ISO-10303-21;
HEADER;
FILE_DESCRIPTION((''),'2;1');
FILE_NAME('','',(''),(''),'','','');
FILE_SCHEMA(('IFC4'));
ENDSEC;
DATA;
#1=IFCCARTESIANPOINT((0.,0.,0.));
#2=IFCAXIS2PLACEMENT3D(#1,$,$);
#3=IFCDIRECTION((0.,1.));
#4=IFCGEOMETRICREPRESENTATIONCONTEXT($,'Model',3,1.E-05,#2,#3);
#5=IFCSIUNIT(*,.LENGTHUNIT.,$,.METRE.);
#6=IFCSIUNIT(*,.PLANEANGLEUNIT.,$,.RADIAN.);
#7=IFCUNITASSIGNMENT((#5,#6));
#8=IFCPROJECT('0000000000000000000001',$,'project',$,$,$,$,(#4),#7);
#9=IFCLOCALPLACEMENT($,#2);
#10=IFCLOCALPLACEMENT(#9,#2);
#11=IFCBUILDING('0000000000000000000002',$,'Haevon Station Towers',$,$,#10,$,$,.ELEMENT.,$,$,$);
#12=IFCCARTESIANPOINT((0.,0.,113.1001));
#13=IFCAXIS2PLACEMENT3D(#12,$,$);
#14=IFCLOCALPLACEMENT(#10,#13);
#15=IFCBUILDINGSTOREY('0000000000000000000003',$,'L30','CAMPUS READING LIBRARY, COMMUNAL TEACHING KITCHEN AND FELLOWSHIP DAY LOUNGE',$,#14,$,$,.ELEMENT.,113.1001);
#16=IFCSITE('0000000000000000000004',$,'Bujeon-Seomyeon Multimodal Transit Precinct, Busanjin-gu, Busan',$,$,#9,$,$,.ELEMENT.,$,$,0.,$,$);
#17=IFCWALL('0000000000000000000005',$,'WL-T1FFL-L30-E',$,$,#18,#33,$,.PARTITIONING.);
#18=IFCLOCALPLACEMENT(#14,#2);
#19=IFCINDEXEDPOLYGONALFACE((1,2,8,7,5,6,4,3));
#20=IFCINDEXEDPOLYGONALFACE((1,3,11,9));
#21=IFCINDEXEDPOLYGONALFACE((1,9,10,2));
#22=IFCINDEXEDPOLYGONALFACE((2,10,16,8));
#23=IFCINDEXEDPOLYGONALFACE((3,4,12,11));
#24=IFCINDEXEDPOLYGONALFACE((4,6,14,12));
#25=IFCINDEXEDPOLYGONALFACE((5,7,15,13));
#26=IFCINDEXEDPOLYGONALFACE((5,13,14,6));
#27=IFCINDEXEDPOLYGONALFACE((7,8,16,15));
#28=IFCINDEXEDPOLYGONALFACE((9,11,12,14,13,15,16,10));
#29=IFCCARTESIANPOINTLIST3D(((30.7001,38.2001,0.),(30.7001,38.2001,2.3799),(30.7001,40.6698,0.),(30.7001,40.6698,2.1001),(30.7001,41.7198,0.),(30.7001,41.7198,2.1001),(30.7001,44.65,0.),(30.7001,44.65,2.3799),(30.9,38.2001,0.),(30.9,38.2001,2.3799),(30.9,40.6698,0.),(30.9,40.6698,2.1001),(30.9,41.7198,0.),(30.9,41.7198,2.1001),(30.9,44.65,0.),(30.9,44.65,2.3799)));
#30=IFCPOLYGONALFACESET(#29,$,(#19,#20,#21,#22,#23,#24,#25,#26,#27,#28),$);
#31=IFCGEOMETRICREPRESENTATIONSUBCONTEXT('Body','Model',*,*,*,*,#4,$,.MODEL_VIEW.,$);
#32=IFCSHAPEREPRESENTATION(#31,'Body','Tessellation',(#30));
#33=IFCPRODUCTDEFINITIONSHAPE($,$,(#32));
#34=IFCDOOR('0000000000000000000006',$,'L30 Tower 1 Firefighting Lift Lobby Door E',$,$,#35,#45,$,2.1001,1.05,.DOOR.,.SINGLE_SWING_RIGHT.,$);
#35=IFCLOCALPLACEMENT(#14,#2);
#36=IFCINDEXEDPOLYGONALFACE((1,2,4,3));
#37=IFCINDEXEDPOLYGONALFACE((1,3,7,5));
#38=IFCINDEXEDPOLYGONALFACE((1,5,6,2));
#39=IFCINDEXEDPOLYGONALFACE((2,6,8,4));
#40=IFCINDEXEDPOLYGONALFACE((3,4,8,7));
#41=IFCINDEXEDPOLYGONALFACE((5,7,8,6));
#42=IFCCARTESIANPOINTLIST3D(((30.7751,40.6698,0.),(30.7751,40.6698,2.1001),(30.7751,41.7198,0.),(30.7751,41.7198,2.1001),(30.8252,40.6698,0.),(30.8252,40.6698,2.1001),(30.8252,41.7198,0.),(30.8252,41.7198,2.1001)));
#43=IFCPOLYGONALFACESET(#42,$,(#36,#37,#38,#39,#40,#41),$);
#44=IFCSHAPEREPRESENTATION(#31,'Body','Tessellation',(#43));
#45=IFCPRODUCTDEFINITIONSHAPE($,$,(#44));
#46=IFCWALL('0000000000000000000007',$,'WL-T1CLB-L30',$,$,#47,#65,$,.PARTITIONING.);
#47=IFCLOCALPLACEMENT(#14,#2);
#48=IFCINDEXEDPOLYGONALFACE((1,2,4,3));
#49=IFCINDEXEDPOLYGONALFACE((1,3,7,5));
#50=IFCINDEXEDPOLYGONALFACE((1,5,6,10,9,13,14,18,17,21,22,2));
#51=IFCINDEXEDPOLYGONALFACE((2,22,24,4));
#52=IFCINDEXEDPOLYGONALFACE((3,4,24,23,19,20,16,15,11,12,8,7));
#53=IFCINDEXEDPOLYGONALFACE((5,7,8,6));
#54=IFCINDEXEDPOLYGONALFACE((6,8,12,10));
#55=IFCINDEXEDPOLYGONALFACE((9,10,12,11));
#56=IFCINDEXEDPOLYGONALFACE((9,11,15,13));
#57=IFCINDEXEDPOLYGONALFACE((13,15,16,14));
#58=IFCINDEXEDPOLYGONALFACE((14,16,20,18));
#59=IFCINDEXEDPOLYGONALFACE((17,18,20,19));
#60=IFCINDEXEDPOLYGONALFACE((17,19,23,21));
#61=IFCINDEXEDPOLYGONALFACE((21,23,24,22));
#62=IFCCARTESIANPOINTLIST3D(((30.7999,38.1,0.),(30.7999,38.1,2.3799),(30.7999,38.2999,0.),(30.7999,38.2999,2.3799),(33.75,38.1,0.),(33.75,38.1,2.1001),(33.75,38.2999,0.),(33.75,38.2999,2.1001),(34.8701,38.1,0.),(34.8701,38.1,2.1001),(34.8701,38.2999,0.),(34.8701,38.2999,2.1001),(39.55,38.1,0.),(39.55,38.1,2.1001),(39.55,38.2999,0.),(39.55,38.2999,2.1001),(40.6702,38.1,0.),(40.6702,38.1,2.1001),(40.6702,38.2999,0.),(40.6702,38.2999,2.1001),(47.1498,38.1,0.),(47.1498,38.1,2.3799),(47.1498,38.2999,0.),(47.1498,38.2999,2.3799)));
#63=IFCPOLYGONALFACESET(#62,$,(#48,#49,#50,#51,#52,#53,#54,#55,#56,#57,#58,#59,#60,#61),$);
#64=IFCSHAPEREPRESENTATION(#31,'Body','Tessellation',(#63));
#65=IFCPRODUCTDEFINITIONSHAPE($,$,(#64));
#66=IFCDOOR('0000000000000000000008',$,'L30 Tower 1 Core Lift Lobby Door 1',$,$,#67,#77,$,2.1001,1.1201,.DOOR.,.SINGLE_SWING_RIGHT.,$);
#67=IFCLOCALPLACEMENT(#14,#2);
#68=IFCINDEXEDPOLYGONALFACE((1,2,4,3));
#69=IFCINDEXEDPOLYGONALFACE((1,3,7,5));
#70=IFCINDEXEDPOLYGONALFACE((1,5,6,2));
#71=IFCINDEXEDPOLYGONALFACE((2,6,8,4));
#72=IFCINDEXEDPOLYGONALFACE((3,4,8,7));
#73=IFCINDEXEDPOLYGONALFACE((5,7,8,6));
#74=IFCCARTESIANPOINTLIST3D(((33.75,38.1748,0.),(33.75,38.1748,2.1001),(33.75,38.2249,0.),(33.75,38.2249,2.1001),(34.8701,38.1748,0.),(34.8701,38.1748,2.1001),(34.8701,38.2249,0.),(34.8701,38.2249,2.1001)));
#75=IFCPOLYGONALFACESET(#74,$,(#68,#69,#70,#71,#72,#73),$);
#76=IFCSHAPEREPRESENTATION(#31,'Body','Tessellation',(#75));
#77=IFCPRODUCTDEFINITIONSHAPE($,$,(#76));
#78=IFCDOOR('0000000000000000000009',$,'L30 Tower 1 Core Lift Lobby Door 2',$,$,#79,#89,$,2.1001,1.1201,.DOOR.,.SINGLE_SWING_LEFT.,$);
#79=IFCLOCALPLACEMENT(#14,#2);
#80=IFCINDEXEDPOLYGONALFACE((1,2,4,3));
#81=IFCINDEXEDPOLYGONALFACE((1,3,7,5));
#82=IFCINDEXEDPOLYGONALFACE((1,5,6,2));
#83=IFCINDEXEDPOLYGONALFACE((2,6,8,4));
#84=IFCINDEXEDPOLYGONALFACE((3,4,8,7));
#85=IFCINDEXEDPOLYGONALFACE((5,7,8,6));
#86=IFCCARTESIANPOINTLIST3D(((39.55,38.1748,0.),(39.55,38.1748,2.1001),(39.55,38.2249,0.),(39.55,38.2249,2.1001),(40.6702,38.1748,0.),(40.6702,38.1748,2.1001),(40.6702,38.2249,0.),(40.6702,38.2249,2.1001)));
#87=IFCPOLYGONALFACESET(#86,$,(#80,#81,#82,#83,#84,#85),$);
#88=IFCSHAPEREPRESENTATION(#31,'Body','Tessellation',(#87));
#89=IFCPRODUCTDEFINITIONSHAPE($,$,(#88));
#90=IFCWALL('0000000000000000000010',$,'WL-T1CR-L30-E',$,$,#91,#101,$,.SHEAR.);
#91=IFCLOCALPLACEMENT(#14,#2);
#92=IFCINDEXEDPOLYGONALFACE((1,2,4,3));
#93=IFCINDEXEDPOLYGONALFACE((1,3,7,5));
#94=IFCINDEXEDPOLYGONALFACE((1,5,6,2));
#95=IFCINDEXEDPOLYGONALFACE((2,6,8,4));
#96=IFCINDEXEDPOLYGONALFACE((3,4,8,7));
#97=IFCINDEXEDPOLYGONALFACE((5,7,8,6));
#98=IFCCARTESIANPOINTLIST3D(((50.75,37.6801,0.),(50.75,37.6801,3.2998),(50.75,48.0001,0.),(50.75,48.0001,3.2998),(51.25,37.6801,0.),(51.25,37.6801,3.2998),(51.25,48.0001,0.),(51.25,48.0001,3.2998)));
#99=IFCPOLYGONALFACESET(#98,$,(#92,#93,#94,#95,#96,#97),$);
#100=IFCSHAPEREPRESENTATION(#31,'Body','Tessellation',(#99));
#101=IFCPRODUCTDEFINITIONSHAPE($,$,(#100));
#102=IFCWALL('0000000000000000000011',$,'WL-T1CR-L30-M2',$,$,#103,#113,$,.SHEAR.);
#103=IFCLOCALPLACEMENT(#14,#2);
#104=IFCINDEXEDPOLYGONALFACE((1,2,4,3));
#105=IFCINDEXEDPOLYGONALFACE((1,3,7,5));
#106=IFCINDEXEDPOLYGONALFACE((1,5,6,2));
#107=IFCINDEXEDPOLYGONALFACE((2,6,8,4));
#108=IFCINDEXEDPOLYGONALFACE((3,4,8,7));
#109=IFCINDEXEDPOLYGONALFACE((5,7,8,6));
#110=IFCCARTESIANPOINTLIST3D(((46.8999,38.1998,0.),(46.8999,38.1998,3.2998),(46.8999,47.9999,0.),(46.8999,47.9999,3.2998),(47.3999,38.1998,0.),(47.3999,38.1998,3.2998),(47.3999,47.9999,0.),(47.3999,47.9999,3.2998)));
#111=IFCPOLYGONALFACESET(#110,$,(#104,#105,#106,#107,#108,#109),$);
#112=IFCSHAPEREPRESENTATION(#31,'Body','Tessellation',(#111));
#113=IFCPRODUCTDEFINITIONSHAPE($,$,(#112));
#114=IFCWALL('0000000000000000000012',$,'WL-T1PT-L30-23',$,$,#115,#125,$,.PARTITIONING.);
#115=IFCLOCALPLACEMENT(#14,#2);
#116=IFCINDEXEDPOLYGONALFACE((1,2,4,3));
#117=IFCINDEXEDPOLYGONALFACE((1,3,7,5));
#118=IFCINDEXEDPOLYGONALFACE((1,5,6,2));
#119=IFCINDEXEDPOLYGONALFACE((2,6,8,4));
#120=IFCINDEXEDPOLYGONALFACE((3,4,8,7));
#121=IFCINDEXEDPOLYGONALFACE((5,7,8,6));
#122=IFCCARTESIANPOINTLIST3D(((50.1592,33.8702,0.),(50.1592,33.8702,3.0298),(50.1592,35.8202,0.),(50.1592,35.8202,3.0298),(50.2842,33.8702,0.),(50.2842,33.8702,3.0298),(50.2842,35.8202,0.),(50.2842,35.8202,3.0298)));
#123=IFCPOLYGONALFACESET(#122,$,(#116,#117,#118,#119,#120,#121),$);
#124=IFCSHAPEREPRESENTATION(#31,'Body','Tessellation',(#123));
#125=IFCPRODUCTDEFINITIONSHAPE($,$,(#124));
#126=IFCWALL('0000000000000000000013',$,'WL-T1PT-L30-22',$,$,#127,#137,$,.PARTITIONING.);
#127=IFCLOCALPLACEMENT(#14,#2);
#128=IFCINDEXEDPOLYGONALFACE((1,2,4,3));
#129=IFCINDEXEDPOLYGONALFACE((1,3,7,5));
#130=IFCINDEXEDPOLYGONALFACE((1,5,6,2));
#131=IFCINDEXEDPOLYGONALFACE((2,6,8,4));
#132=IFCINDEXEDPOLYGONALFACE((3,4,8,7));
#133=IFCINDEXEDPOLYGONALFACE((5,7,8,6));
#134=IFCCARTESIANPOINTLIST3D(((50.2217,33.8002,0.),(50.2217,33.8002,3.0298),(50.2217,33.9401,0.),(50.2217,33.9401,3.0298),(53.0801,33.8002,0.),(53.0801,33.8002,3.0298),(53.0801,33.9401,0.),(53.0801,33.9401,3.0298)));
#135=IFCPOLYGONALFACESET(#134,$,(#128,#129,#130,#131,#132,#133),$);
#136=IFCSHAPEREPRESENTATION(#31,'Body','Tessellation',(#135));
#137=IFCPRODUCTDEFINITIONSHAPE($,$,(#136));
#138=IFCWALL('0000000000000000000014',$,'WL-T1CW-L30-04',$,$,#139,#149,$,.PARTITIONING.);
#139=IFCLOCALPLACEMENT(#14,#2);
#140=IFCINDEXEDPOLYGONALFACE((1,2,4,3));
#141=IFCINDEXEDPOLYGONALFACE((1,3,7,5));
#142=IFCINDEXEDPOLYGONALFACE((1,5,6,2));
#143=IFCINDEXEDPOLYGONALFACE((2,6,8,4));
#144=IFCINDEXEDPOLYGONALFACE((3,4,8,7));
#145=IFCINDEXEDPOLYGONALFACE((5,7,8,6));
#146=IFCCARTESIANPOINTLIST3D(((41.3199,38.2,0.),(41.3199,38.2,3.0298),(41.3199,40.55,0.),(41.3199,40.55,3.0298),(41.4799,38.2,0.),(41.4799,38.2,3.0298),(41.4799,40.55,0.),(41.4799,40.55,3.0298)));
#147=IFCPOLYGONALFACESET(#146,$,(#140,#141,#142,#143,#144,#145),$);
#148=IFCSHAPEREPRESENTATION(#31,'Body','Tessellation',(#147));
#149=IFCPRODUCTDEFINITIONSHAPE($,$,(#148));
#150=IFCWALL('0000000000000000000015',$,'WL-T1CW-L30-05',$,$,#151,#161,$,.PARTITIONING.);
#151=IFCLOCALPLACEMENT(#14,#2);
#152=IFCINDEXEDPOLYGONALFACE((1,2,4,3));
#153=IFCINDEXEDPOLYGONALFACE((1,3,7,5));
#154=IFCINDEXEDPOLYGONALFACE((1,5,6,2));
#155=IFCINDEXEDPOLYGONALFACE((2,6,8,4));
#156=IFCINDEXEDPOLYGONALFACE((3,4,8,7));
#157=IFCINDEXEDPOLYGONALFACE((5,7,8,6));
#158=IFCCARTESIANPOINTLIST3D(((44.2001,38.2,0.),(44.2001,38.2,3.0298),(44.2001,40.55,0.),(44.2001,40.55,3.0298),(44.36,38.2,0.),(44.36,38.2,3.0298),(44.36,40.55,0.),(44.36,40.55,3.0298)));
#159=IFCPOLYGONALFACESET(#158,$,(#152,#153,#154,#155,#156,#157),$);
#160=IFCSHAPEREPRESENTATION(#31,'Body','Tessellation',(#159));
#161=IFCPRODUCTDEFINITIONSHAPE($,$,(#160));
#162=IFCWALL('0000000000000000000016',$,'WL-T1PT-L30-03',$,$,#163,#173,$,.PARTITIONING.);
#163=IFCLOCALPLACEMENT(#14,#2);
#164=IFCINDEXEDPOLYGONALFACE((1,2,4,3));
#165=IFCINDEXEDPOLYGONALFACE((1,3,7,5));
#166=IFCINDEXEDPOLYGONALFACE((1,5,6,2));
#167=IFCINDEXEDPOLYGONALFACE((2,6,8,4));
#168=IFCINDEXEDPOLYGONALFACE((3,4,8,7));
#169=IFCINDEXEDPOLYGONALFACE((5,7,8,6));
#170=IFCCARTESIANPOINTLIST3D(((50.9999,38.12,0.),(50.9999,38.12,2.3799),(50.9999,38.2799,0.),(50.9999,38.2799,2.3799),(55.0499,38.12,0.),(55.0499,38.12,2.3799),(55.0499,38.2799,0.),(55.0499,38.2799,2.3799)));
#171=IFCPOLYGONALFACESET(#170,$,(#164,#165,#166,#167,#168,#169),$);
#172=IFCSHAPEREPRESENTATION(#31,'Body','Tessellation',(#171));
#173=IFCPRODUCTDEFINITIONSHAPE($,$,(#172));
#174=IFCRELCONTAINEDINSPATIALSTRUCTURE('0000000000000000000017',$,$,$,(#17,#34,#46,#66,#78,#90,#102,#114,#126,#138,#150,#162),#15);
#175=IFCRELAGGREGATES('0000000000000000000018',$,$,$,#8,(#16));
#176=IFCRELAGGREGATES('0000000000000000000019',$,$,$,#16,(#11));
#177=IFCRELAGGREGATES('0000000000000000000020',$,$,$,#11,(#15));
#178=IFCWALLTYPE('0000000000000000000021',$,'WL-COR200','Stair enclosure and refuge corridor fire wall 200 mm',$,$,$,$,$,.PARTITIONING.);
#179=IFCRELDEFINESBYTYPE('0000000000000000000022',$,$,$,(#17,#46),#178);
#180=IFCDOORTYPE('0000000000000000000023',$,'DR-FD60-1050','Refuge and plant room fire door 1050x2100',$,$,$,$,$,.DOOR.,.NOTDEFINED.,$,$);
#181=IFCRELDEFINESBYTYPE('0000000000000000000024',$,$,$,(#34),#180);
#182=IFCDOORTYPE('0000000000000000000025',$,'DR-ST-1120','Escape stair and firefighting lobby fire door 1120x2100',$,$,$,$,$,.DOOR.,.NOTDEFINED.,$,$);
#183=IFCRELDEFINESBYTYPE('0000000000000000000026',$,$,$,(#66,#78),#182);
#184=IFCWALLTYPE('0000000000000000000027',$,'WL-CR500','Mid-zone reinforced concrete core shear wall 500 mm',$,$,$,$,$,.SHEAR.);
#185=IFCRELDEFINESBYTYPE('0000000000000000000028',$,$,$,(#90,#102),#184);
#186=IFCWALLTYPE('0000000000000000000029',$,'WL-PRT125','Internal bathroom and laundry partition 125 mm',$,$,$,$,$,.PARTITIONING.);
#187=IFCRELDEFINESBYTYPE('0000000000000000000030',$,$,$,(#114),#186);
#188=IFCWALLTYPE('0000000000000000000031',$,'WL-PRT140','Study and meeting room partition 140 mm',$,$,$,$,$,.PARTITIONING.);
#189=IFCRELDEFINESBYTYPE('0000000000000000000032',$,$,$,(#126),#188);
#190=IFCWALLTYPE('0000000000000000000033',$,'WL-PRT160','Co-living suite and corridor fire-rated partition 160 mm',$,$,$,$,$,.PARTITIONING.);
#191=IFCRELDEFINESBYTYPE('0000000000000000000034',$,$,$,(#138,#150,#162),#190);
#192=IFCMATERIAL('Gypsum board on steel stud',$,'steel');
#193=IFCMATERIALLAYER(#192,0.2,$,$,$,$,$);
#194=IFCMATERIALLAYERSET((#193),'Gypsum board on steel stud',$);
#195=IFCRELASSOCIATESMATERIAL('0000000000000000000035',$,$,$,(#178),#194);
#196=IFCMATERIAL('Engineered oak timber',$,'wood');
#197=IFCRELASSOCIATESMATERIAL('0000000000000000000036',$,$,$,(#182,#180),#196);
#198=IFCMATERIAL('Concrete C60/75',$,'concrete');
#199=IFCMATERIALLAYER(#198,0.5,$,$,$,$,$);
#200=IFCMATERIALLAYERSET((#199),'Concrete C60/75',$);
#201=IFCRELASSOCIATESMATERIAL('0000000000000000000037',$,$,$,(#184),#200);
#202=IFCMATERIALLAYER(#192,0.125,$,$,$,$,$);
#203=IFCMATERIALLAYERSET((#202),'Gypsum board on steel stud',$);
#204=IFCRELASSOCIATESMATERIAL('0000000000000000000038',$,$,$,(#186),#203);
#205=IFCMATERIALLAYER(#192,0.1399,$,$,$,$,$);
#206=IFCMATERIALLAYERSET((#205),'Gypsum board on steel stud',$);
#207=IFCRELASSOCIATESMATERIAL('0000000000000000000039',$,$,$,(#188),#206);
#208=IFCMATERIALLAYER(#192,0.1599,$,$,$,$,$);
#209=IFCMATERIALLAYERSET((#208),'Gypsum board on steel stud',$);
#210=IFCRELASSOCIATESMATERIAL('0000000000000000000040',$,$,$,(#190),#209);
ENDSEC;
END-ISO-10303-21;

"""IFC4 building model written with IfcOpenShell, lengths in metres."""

from ifc_helpers import new_model, si_unit, direction, frame, frame_2d, origin, place, context, subcontext, project, spatial, rectangle, extrude, material, layer, layer_set, type_object, element, fill, save


model = new_model("IFC4")

# Units and contexts
model_context = context("Model", 3, precision=1e-05, world=origin(), true_north=direction((0.0, 1.0)))
body_context = subcontext(model_context, "Body", "Model", "MODEL_VIEW")
ifc_project = project(units=[si_unit("LENGTHUNIT", "METRE"), si_unit("PLANEANGLEUNIT", "RADIAN")], contexts=[model_context])

# Site, building, storey
site_placement = place(None, origin())
site = spatial("IfcSite", under=ifc_project, at=site_placement, Name="Bujeon-Seomyeon Multimodal Transit Precinct, Busanjin-gu, Busan", CompositionType="ELEMENT", RefElevation=0.0)
building_placement = place(site_placement, origin())
building = spatial("IfcBuilding", under=site, at=building_placement, Name="Haevon Station Towers", CompositionType="ELEMENT")
storey_placement = place(building_placement, frame((0.0, 0.0, 113.1001)))
storey = spatial("IfcBuildingStorey", under=building, at=storey_placement, Name="L30", Description="CAMPUS READING LIBRARY, COMMUNAL TEACHING KITCHEN AND FELLOWSHIP DAY LOUNGE", CompositionType="ELEMENT", Elevation=113.1001)

# Wall, opening, door
ifc_material_1 = material(Name="Gypsum board on steel stud", Category="steel")
ifc_layer_1 = layer(ifc_material_1, 0.2)
ifc_layer_set_1 = layer_set([ifc_layer_1], Name="Gypsum board on steel stud")
wall_type_1 = type_object("IfcWallType", Name="WL-COR200", Description="Stair enclosure and refuge corridor fire wall 200 mm", PredefinedType="PARTITIONING", material=ifc_layer_set_1)
ifc_material_2 = material(Name="Engineered oak timber", Category="wood")
door_type_1 = type_object("IfcDoorType", Name="DR-ST-1120", Description="Escape stair and firefighting lobby fire door 1120x2100", OperationType="NOTDEFINED", PredefinedType="DOOR", material=ifc_material_2)
wall_1_placement = place(storey_placement, frame((30.8, 38.2, 0.0), z_axis=(0.0, 0.0, 1.0), x_axis=(0.0, 1.0, 0.0)))
wall_1 = element("IfcWall", 1, at=wall_1_placement, inside=storey, type_object=wall_type_1, Name="WL-T1FFL-L30-E", PredefinedType="PARTITIONING", context=body_context, shape_type="SweptSolid", body=[
    extrude(rectangle(XDim=6.45, YDim=0.2, at=frame_2d((3.2251, 0.0))), origin(), (0.0, 0.0, 1.0), 2.3799),
])
opening_1_placement = place(wall_1_placement, frame((2.47, 0.0, 0.0)))
opening_1 = element("IfcOpeningElement", 2, at=opening_1_placement, cuts=wall_1, PredefinedType="OPENING", context=body_context, shape_type="SweptSolid", body=[
    extrude(rectangle(XDim=1.05, YDim=2.1001, at=frame_2d((0.5249, 1.05))), frame((0.0, 0.1099, 0.0), z_axis=(0.0, -1.0, 0.0), x_axis=(1.0, 0.0, 0.0)), (0.0, 0.0, 1.0), 0.22),
])
door_type_2 = type_object("IfcDoorType", Name="DR-FD60-1050", Description="Refuge and plant room fire door 1050x2100", OperationType="NOTDEFINED", PredefinedType="DOOR", material=ifc_material_2)
door_1_placement = place(opening_1_placement, origin())
door_1 = element("IfcDoor", 3, at=door_1_placement, inside=storey, type_object=door_type_2, Name="L30 Tower 1 Firefighting Lift Lobby Door E", OperationType="SINGLE_SWING_RIGHT", OverallHeight=2.1001, OverallWidth=1.05, PredefinedType="DOOR", context=body_context, shape_type="SweptSolid", body=[
    extrude(rectangle(XDim=1.05, YDim=2.1001, at=frame_2d((0.5249, 1.05))), frame((0.0, 0.0249, 0.0), z_axis=(0.0, -1.0, 0.0), x_axis=(1.0, 0.0, 0.0)), (0.0, 0.0, 1.0), 0.05),
])
fill(opening_1, door_1)

# Wall, openings, doors
wall_2_placement = place(storey_placement, frame((30.8, 38.2, 0.0), z_axis=(0.0, 0.0, 1.0), x_axis=(1.0, 0.0, 0.0)))
wall_2 = element("IfcWall", 4, at=wall_2_placement, inside=storey, type_object=wall_type_1, Name="WL-T1CLB-L30", PredefinedType="PARTITIONING", context=body_context, shape_type="SweptSolid", body=[
    extrude(rectangle(XDim=16.3499, YDim=0.2, at=frame_2d((8.1748, 0.0))), origin(), (0.0, 0.0, 1.0), 2.3799),
])
opening_2_placement = place(wall_2_placement, frame((2.95, 0.0, 0.0)))
opening_2 = element("IfcOpeningElement", 5, at=opening_2_placement, cuts=wall_2, PredefinedType="OPENING", context=body_context, shape_type="SweptSolid", body=[
    extrude(rectangle(XDim=1.1201, YDim=2.1001, at=frame_2d((0.5601, 1.05))), frame((0.0, 0.1099, 0.0), z_axis=(0.0, -1.0, 0.0), x_axis=(1.0, 0.0, 0.0)), (0.0, 0.0, 1.0), 0.22),
])
opening_3_placement = place(wall_2_placement, frame((8.75, 0.0, 0.0)))
opening_3 = element("IfcOpeningElement", 6, at=opening_3_placement, cuts=wall_2, PredefinedType="OPENING", context=body_context, shape_type="SweptSolid", body=[
    extrude(rectangle(XDim=1.1201, YDim=2.1001, at=frame_2d((0.5601, 1.05))), frame((0.0, 0.1099, 0.0), z_axis=(0.0, -1.0, 0.0), x_axis=(1.0, 0.0, 0.0)), (0.0, 0.0, 1.0), 0.22),
])
door_2_placement = place(opening_2_placement, origin())
door_2 = element("IfcDoor", 7, at=door_2_placement, inside=storey, type_object=door_type_1, Name="L30 Tower 1 Core Lift Lobby Door 1", OperationType="SINGLE_SWING_RIGHT", OverallHeight=2.1001, OverallWidth=1.1201, PredefinedType="DOOR", context=body_context, shape_type="SweptSolid", body=[
    extrude(rectangle(XDim=1.1201, YDim=2.1001, at=frame_2d((0.5601, 1.05))), frame((0.0, 0.0249, 0.0), z_axis=(0.0, -1.0, 0.0), x_axis=(1.0, 0.0, 0.0)), (0.0, 0.0, 1.0), 0.05),
])
fill(opening_2, door_2)
door_3_placement = place(opening_3_placement, origin())
door_3 = element("IfcDoor", 8, at=door_3_placement, inside=storey, type_object=door_type_1, Name="L30 Tower 1 Core Lift Lobby Door 2", OperationType="SINGLE_SWING_LEFT", OverallHeight=2.1001, OverallWidth=1.1201, PredefinedType="DOOR", context=body_context, shape_type="SweptSolid", body=[
    extrude(rectangle(XDim=1.1201, YDim=2.1001, at=frame_2d((0.5601, 1.05))), frame((0.0, 0.0249, 0.0), z_axis=(0.0, -1.0, 0.0), x_axis=(1.0, 0.0, 0.0)), (0.0, 0.0, 1.0), 0.05),
])
fill(opening_3, door_3)

# Walls
ifc_material_3 = material(Name="Concrete C60/75", Category="concrete")
ifc_layer_2 = layer(ifc_material_3, 0.5)
ifc_layer_set_2 = layer_set([ifc_layer_2], Name="Concrete C60/75")
wall_type_2 = type_object("IfcWallType", Name="WL-CR500", Description="Mid-zone reinforced concrete core shear wall 500 mm", PredefinedType="SHEAR", material=ifc_layer_set_2)
wall_3_placement = place(storey_placement, frame((51.0, 37.6799, 0.0), z_axis=(0.0, 0.0, 1.0), x_axis=(0.0, 1.0, 0.0)))
element("IfcWall", 9, at=wall_3_placement, inside=storey, type_object=wall_type_2, Name="WL-T1CR-L30-E", PredefinedType="SHEAR", context=body_context, shape_type="SweptSolid", body=[
    extrude(rectangle(XDim=10.3201, YDim=0.5, at=frame_2d((5.1602, 0.0))), origin(), (0.0, 0.0, 1.0), 3.2998),
])
wall_4_placement = place(storey_placement, frame((47.1499, 38.2, 0.0), z_axis=(0.0, 0.0, 1.0), x_axis=(0.0, 1.0, 0.0)))
element("IfcWall", 10, at=wall_4_placement, inside=storey, type_object=wall_type_2, Name="WL-T1CR-L30-M2", PredefinedType="SHEAR", context=body_context, shape_type="SweptSolid", body=[
    extrude(rectangle(XDim=9.8, YDim=0.5, at=frame_2d((4.8999, 0.0))), origin(), (0.0, 0.0, 1.0), 3.2998),
])
ifc_layer_3 = layer(ifc_material_1, 0.125)
ifc_layer_set_3 = layer_set([ifc_layer_3], Name="Gypsum board on steel stud")
wall_type_3 = type_object("IfcWallType", Name="WL-PRT125", Description="Internal bathroom and laundry partition 125 mm", PredefinedType="PARTITIONING", material=ifc_layer_set_3)
wall_5_placement = place(storey_placement, frame((50.2217, 33.8701, 0.0), z_axis=(0.0, 0.0, 1.0), x_axis=(0.0, 1.0, 0.0)))
element("IfcWall", 11, at=wall_5_placement, inside=storey, type_object=wall_type_3, Name="WL-T1PT-L30-23", PredefinedType="PARTITIONING", context=body_context, shape_type="SweptSolid", body=[
    extrude(rectangle(XDim=1.95, YDim=0.125, at=frame_2d((0.9751, 0.0))), origin(), (0.0, 0.0, 1.0), 3.0298),
])
ifc_layer_4 = layer(ifc_material_1, 0.1399)
ifc_layer_set_4 = layer_set([ifc_layer_4], Name="Gypsum board on steel stud")
wall_type_4 = type_object("IfcWallType", Name="WL-PRT140", Description="Study and meeting room partition 140 mm", PredefinedType="PARTITIONING", material=ifc_layer_set_4)
wall_6_placement = place(storey_placement, frame((50.2217, 33.8701, 0.0), z_axis=(0.0, 0.0, 1.0), x_axis=(1.0, 0.0, 0.0)))
element("IfcWall", 12, at=wall_6_placement, inside=storey, type_object=wall_type_4, Name="WL-T1PT-L30-22", PredefinedType="PARTITIONING", context=body_context, shape_type="SweptSolid", body=[
    extrude(rectangle(XDim=2.8584, YDim=0.1399, at=frame_2d((1.4292, 0.0))), origin(), (0.0, 0.0, 1.0), 3.0298),
])
ifc_layer_5 = layer(ifc_material_1, 0.1599)
ifc_layer_set_5 = layer_set([ifc_layer_5], Name="Gypsum board on steel stud")
wall_type_5 = type_object("IfcWallType", Name="WL-PRT160", Description="Co-living suite and corridor fire-rated partition 160 mm", PredefinedType="PARTITIONING", material=ifc_layer_set_5)
for number, where, z_axis, x_axis, name in (
    (13, (41.3999, 38.2, 0.0), (0.0, 0.0, 1.0), (0.0, 1.0, 0.0), "WL-T1CW-L30-04"),
    (14, (44.28, 38.2, 0.0), (0.0, 0.0, 1.0), (0.0, 1.0, 0.0), "WL-T1CW-L30-05"),
):
    element("IfcWall", number, at=place(storey_placement, frame(where, z_axis=z_axis, x_axis=x_axis)), inside=storey, type_object=wall_type_5, Name=name, PredefinedType="PARTITIONING", context=body_context, shape_type="SweptSolid", body=[
        extrude(rectangle(XDim=2.3501, YDim=0.1599, at=frame_2d((1.175, 0.0))), origin(), (0.0, 0.0, 1.0), 3.0298),
    ])
wall_7_placement = place(storey_placement, frame((51.0, 38.2, 0.0), z_axis=(0.0, 0.0, 1.0), x_axis=(1.0, 0.0, 0.0)))
element("IfcWall", 15, at=wall_7_placement, inside=storey, type_object=wall_type_5, Name="WL-T1PT-L30-03", PredefinedType="PARTITIONING", context=body_context, shape_type="SweptSolid", body=[
    extrude(rectangle(XDim=4.05, YDim=0.1599, at=frame_2d((2.0249, 0.0))), origin(), (0.0, 0.0, 1.0), 2.3799),
])

save(model, "model.ifc")
